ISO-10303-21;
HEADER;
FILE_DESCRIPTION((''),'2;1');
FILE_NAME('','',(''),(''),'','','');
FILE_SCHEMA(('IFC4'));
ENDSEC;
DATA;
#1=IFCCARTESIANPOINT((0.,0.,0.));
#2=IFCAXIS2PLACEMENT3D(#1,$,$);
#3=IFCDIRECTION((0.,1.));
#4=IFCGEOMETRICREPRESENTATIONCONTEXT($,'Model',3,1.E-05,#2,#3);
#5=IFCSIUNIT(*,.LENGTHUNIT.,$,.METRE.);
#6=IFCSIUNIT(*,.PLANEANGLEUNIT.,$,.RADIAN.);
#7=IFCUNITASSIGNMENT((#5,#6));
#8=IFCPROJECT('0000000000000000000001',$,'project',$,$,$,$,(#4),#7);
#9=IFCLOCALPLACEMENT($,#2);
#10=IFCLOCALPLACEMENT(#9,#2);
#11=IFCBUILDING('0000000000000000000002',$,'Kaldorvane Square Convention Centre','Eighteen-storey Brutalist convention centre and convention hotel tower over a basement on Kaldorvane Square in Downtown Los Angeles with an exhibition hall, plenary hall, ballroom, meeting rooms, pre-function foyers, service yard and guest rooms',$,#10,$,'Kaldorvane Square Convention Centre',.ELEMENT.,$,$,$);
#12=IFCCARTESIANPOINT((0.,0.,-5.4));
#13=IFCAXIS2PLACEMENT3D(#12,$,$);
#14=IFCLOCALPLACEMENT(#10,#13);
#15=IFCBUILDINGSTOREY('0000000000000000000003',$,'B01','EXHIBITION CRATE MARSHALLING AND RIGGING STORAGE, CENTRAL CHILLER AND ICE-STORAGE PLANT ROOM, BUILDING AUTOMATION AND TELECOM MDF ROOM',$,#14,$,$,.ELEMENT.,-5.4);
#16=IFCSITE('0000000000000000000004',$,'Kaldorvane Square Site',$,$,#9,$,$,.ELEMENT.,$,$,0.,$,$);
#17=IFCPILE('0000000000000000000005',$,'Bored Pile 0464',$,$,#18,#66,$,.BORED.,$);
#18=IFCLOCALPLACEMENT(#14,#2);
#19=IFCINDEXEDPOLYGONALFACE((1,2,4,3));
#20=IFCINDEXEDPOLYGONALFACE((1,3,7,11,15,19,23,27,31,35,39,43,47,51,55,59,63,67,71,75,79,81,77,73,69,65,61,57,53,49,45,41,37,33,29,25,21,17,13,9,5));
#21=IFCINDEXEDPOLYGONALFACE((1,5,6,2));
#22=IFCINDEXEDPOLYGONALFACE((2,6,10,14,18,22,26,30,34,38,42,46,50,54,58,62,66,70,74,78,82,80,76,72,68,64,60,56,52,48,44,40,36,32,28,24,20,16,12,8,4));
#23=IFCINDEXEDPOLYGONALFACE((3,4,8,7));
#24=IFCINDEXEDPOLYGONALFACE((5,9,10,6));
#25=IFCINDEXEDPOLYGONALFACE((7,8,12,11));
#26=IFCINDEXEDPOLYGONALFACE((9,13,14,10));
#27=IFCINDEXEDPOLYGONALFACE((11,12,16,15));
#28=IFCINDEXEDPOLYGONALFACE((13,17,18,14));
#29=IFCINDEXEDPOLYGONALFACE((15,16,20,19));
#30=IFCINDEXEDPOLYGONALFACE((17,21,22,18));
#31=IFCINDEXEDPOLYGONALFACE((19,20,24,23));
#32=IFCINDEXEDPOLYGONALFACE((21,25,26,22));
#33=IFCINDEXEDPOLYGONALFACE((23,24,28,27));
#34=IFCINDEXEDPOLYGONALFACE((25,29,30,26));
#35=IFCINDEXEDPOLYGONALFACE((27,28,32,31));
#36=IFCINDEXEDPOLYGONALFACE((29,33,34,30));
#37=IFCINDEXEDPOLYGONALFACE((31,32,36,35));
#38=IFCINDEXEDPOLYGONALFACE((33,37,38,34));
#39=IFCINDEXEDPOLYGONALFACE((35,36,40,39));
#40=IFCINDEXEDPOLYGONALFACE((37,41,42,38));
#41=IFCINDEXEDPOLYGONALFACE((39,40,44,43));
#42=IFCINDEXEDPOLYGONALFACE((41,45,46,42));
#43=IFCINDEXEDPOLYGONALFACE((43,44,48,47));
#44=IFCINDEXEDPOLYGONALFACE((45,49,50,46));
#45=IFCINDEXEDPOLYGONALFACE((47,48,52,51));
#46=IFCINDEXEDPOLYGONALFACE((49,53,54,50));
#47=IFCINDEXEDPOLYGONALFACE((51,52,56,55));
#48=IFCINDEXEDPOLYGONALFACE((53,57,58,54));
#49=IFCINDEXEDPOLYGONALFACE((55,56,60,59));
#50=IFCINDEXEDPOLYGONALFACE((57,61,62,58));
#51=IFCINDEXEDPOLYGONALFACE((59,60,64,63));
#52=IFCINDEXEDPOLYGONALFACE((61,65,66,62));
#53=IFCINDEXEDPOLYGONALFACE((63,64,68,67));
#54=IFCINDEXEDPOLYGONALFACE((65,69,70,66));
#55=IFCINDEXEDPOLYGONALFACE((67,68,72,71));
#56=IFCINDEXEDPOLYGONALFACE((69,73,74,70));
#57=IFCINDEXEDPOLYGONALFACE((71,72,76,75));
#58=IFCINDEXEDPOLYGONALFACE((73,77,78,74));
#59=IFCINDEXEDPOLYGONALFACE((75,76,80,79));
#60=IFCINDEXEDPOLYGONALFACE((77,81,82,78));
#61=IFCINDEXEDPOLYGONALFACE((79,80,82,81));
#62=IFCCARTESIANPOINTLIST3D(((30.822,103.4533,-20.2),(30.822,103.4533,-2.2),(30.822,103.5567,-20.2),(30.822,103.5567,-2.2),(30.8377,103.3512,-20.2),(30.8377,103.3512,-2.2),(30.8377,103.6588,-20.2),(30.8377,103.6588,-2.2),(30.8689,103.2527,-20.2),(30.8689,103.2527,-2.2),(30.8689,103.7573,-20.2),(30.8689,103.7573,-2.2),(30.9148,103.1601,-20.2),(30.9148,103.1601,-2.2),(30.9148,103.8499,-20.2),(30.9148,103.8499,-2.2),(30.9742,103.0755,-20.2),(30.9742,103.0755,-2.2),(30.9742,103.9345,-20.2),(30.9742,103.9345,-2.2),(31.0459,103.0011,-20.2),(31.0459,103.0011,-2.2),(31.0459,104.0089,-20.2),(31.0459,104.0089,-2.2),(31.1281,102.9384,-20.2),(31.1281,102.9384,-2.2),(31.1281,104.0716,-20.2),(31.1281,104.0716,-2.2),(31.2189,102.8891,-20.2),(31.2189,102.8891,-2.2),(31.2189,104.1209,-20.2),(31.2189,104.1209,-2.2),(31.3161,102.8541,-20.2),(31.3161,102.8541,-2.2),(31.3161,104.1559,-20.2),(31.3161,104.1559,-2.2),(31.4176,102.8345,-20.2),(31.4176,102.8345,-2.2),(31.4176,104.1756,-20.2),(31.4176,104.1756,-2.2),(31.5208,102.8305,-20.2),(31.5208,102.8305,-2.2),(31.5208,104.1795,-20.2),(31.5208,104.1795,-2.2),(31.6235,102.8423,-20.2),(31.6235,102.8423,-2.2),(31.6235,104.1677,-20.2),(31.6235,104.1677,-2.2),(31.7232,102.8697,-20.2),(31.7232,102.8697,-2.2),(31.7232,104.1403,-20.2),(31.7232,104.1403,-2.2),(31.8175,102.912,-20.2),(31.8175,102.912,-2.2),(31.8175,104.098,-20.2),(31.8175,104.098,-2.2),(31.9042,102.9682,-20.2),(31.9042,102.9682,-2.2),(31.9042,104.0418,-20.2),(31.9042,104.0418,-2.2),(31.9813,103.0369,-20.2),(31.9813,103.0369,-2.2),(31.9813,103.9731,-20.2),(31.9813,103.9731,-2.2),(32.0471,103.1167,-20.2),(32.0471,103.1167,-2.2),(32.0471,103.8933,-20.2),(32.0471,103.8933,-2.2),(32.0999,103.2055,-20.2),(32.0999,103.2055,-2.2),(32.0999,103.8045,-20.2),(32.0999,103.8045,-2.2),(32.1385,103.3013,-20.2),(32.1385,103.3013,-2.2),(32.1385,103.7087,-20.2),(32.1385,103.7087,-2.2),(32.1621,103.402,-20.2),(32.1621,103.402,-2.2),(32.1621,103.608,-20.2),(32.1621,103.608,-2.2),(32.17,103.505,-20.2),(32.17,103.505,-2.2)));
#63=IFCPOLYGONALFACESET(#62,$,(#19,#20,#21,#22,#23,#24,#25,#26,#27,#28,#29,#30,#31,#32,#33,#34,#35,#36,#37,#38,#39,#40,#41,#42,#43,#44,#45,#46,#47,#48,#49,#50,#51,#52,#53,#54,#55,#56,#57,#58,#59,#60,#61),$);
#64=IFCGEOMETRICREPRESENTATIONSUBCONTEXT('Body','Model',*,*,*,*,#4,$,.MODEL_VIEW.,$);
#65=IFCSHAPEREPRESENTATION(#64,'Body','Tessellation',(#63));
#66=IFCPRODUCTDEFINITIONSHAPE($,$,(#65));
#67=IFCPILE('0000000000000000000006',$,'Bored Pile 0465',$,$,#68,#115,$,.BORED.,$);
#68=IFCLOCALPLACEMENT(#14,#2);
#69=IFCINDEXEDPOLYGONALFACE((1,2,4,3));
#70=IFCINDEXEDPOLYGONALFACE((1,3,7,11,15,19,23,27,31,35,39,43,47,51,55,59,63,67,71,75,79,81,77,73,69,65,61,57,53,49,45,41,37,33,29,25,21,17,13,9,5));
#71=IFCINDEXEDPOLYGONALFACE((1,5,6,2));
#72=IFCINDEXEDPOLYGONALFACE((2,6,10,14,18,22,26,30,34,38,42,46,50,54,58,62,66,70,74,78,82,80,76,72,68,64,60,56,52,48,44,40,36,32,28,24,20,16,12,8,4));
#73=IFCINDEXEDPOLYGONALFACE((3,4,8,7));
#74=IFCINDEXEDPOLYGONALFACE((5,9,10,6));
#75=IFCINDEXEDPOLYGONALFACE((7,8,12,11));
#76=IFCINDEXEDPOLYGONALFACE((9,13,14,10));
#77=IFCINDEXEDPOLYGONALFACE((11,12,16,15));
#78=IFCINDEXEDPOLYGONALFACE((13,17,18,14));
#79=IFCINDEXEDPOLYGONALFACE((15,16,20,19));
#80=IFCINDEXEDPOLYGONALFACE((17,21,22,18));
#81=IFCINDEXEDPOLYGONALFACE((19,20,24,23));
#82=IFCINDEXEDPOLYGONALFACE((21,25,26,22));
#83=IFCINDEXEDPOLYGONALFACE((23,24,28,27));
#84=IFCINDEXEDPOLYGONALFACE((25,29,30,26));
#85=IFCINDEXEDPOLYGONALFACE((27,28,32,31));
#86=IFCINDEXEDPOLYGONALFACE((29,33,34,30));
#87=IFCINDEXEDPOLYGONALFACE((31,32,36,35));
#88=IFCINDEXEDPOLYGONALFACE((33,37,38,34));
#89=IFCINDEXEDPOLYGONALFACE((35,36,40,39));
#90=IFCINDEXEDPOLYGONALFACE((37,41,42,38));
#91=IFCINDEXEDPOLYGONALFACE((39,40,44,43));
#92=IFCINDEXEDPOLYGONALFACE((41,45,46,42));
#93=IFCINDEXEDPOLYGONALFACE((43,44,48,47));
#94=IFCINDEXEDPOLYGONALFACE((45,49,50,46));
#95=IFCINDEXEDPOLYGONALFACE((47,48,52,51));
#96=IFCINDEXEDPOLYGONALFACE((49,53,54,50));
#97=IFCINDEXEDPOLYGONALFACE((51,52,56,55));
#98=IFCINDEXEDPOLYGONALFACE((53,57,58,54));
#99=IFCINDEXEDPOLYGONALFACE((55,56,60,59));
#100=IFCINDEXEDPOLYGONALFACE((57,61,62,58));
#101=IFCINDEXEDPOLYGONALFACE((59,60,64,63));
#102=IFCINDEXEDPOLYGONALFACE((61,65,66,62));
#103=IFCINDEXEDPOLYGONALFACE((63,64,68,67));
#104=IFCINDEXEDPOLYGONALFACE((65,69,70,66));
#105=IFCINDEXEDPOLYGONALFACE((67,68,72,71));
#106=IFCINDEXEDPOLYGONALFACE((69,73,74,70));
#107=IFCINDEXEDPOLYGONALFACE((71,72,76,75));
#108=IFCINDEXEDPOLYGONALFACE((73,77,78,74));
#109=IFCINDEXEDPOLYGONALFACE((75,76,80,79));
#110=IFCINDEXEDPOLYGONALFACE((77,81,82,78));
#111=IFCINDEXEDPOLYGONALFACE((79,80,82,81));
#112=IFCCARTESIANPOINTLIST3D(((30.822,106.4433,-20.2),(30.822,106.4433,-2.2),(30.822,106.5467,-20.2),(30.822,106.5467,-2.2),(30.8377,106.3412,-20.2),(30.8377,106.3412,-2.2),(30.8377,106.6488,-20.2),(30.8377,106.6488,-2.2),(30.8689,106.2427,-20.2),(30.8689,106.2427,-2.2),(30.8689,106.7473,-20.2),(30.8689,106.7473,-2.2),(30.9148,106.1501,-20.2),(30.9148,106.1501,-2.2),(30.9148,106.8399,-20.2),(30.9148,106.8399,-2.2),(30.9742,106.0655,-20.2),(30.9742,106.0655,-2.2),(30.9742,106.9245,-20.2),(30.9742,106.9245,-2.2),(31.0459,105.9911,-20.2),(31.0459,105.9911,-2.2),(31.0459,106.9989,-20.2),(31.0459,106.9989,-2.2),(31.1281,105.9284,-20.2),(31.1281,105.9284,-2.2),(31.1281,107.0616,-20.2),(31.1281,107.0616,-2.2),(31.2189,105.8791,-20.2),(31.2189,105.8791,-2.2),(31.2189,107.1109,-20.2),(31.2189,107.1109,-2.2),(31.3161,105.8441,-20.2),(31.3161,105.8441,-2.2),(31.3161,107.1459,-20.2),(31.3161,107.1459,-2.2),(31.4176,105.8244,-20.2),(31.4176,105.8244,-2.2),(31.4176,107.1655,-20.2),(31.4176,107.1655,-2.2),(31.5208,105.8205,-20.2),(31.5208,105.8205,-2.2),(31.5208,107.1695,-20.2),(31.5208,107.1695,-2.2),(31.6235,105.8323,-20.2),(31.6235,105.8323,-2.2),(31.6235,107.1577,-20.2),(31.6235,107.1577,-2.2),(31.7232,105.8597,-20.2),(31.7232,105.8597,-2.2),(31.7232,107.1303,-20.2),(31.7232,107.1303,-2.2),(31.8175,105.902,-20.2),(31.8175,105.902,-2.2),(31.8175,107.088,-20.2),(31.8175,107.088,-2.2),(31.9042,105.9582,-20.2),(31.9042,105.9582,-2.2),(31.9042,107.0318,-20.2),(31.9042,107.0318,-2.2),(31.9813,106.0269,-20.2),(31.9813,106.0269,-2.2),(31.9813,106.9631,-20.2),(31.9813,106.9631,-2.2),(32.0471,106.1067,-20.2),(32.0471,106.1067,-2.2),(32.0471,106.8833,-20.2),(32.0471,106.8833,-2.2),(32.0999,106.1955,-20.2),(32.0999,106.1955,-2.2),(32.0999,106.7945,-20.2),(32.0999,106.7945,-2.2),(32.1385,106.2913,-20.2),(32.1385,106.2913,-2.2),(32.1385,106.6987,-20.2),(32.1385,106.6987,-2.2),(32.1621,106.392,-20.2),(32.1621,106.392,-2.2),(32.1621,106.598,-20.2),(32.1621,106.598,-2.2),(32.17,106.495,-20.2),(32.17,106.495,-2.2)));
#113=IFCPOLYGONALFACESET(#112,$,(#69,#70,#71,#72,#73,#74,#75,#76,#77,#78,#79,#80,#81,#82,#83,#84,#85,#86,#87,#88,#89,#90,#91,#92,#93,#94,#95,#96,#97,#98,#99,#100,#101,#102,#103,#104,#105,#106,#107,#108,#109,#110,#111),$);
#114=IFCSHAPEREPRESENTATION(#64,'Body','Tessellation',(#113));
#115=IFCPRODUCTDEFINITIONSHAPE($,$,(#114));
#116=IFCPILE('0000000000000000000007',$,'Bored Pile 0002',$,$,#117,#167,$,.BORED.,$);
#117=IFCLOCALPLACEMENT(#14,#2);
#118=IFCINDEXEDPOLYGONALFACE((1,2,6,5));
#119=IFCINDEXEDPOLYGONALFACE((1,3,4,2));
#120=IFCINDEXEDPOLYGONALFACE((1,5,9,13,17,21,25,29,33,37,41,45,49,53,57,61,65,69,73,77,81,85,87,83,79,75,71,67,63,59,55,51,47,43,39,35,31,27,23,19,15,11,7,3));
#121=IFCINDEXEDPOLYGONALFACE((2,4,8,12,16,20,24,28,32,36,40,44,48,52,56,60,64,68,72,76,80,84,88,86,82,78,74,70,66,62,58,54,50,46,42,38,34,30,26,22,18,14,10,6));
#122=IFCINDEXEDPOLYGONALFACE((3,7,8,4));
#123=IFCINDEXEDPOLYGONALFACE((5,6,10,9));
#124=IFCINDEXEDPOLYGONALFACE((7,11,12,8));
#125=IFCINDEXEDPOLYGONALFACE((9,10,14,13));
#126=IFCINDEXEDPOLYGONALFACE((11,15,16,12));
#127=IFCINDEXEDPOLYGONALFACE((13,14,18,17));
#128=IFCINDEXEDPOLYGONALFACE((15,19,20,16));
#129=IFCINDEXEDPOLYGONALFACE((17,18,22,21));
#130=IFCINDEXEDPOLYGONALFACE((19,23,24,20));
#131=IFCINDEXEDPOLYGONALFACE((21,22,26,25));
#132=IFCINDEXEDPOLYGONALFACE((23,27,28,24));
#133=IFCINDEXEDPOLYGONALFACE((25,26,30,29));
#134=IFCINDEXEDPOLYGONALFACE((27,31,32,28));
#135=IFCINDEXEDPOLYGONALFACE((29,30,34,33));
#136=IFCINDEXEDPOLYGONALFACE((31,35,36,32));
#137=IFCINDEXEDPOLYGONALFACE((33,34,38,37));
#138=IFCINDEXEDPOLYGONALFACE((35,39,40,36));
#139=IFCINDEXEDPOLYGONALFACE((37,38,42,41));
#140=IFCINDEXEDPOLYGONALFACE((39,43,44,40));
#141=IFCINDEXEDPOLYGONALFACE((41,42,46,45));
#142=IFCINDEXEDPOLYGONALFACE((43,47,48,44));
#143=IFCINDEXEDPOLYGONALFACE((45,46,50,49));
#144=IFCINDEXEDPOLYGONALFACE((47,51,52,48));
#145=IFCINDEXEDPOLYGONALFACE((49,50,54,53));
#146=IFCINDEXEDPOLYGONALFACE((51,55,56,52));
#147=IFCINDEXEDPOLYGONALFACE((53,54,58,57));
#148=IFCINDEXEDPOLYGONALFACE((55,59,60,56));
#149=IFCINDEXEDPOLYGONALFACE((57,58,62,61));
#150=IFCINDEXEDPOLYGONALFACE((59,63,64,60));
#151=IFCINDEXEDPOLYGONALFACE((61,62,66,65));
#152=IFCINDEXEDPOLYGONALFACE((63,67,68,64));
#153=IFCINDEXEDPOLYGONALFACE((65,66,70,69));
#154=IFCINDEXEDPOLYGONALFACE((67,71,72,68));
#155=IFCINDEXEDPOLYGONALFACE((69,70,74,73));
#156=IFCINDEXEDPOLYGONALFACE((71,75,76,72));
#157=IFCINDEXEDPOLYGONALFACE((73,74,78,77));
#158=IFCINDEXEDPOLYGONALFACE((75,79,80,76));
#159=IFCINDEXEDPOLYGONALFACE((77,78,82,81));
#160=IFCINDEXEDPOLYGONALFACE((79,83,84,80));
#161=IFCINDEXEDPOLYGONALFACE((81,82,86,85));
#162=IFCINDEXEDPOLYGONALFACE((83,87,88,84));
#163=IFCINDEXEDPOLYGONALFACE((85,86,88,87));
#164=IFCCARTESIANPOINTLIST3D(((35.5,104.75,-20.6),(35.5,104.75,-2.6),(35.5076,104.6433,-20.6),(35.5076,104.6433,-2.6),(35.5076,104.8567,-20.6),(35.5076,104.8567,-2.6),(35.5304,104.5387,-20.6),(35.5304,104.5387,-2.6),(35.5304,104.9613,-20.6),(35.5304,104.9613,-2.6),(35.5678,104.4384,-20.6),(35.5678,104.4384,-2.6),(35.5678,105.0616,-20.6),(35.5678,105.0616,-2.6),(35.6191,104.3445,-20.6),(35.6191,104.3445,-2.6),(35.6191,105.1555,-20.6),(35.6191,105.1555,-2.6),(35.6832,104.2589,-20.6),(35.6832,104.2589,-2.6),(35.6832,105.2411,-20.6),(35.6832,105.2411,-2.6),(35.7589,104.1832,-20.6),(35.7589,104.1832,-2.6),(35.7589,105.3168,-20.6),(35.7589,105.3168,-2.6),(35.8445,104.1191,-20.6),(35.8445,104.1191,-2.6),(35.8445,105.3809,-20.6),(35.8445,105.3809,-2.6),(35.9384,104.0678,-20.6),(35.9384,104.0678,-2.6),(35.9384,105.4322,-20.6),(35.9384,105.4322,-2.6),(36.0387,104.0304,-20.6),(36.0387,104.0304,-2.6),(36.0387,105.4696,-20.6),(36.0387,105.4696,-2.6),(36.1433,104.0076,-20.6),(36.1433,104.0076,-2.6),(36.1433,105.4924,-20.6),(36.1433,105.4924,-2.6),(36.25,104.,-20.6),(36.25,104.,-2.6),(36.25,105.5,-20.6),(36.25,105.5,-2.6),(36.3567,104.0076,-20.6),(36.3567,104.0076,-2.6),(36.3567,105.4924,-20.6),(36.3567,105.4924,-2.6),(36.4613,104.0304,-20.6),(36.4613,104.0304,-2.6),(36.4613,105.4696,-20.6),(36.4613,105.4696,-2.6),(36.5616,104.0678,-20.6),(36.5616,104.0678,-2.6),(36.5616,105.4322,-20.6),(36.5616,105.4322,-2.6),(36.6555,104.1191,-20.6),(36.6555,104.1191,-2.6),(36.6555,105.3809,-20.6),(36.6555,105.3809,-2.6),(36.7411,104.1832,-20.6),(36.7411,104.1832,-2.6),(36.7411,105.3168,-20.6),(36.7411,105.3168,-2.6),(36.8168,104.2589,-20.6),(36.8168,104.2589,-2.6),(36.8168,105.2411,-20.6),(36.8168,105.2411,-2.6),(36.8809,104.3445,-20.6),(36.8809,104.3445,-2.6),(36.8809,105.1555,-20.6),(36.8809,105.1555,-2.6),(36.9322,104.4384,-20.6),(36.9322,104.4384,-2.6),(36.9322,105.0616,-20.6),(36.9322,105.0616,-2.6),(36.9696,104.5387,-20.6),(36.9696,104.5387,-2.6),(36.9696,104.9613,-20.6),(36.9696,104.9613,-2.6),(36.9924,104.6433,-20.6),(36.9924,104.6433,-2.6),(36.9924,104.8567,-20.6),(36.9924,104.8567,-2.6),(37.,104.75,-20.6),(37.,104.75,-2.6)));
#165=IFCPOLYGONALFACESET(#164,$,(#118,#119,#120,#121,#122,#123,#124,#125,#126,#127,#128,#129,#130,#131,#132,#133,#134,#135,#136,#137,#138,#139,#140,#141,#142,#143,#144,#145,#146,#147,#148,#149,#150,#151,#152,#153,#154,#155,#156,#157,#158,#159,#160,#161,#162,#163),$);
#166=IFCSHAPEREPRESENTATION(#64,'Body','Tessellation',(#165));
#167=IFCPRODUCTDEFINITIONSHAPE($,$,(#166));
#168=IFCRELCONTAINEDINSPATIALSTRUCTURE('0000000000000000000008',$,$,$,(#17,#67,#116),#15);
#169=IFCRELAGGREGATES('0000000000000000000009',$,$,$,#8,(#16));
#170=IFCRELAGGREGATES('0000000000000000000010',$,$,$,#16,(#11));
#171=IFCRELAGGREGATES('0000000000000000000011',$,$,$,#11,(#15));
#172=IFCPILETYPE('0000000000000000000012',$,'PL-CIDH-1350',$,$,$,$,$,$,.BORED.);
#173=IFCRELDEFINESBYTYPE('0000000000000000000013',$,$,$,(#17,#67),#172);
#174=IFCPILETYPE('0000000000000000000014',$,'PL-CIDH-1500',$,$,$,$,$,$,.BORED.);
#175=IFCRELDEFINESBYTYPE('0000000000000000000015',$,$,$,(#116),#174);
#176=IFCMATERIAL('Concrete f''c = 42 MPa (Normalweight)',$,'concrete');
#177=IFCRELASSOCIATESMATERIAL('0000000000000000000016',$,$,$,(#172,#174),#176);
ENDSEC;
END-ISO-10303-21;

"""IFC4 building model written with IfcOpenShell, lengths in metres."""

from ifc_helpers import new_model, si_unit, direction, frame, origin, origin_2d, place, context, subcontext, project, spatial, circle, extrude, material, material_profile, profile_set, type_object, element, save


model = new_model("IFC4")

# Units and contexts
model_context = context("Model", 3, precision=1e-05, world=origin(), true_north=direction((0.0, 1.0)))
body_context = subcontext(model_context, "Body", "Model", "MODEL_VIEW")
ifc_project = project(units=[si_unit("LENGTHUNIT", "METRE"), si_unit("PLANEANGLEUNIT", "RADIAN")], contexts=[model_context])

# Site, building, storey
site_placement = place(None, origin())
site = spatial("IfcSite", under=ifc_project, at=site_placement, Name="Kaldorvane Square Site", CompositionType="ELEMENT", RefElevation=0.0)
building_placement = place(site_placement, origin())
building = spatial("IfcBuilding", under=site, at=building_placement, Name="Kaldorvane Square Convention Centre", Description="Eighteen-storey Brutalist convention centre and convention hotel tower over a basement on Kaldorvane Square in Downtown Los Angeles with an exhibition hall, plenary hall, ballroom, meeting rooms, pre-function foyers, service yard and guest rooms", LongName="Kaldorvane Square Convention Centre", CompositionType="ELEMENT")
storey_placement = place(building_placement, frame((0.0, 0.0, -5.4)))
storey = spatial("IfcBuildingStorey", under=building, at=storey_placement, Name="B01", Description="EXHIBITION CRATE MARSHALLING AND RIGGING STORAGE, CENTRAL CHILLER AND ICE-STORAGE PLANT ROOM, BUILDING AUTOMATION AND TELECOM MDF ROOM", CompositionType="ELEMENT", Elevation=-5.4)

# Shared definitions
ifc_material_1 = material(Name="Concrete f'c = 42 MPa (Normalweight)", Category="concrete")

# Piles
ifc_material_profile_1 = material_profile(ifc_material_1, circle(Radius=0.675, at=origin_2d()), Name="PILE-D1350")
ifc_profile_set_1 = profile_set([ifc_material_profile_1], Name="Concrete f'c = 42 MPa (Normalweight)")
pile_type_1 = type_object("IfcPileType", Name="PL-CIDH-1350", PredefinedType="BORED", material=ifc_profile_set_1)
for number, where, z_axis, x_axis, name in (
    (1, (31.495, 103.505, -2.2), (0.0, 0.0, -1.0), (1.0, 0.0, 0.0), "Bored Pile 0464"),
    (2, (31.495, 106.495, -2.2), (0.0, 0.0, -1.0), (1.0, 0.0, 0.0), "Bored Pile 0465"),
):
    element("IfcPile", number, at=place(storey_placement, frame(where, z_axis=z_axis, x_axis=x_axis)), inside=storey, type_object=pile_type_1, Name=name, PredefinedType="BORED", context=body_context, shape_type="SweptSolid", body=[
        extrude(circle(Radius=0.675, at=origin_2d()), origin(), (0.0, 0.0, 1.0), 18.0),
    ])
ifc_material_profile_2 = material_profile(ifc_material_1, circle(Radius=0.75, at=origin_2d()), Name="PILE-D1500")
ifc_profile_set_2 = profile_set([ifc_material_profile_2], Name="Concrete f'c = 42 MPa (Normalweight)")
pile_type_2 = type_object("IfcPileType", Name="PL-CIDH-1500", PredefinedType="BORED", material=ifc_profile_set_2)
for number, where, z_axis, x_axis, name in (
    (3, (36.25, 104.75, -2.6), (0.0, 0.0, -1.0), (1.0, 0.0, 0.0), "Bored Pile 0002"),
):
    element("IfcPile", number, at=place(storey_placement, frame(where, z_axis=z_axis, x_axis=x_axis)), inside=storey, type_object=pile_type_2, Name=name, PredefinedType="BORED", context=body_context, shape_type="SweptSolid", body=[
        extrude(circle(Radius=0.75, at=origin_2d()), origin(), (0.0, 0.0, 1.0), 18.0),
    ])

save(model, "model.ifc")
